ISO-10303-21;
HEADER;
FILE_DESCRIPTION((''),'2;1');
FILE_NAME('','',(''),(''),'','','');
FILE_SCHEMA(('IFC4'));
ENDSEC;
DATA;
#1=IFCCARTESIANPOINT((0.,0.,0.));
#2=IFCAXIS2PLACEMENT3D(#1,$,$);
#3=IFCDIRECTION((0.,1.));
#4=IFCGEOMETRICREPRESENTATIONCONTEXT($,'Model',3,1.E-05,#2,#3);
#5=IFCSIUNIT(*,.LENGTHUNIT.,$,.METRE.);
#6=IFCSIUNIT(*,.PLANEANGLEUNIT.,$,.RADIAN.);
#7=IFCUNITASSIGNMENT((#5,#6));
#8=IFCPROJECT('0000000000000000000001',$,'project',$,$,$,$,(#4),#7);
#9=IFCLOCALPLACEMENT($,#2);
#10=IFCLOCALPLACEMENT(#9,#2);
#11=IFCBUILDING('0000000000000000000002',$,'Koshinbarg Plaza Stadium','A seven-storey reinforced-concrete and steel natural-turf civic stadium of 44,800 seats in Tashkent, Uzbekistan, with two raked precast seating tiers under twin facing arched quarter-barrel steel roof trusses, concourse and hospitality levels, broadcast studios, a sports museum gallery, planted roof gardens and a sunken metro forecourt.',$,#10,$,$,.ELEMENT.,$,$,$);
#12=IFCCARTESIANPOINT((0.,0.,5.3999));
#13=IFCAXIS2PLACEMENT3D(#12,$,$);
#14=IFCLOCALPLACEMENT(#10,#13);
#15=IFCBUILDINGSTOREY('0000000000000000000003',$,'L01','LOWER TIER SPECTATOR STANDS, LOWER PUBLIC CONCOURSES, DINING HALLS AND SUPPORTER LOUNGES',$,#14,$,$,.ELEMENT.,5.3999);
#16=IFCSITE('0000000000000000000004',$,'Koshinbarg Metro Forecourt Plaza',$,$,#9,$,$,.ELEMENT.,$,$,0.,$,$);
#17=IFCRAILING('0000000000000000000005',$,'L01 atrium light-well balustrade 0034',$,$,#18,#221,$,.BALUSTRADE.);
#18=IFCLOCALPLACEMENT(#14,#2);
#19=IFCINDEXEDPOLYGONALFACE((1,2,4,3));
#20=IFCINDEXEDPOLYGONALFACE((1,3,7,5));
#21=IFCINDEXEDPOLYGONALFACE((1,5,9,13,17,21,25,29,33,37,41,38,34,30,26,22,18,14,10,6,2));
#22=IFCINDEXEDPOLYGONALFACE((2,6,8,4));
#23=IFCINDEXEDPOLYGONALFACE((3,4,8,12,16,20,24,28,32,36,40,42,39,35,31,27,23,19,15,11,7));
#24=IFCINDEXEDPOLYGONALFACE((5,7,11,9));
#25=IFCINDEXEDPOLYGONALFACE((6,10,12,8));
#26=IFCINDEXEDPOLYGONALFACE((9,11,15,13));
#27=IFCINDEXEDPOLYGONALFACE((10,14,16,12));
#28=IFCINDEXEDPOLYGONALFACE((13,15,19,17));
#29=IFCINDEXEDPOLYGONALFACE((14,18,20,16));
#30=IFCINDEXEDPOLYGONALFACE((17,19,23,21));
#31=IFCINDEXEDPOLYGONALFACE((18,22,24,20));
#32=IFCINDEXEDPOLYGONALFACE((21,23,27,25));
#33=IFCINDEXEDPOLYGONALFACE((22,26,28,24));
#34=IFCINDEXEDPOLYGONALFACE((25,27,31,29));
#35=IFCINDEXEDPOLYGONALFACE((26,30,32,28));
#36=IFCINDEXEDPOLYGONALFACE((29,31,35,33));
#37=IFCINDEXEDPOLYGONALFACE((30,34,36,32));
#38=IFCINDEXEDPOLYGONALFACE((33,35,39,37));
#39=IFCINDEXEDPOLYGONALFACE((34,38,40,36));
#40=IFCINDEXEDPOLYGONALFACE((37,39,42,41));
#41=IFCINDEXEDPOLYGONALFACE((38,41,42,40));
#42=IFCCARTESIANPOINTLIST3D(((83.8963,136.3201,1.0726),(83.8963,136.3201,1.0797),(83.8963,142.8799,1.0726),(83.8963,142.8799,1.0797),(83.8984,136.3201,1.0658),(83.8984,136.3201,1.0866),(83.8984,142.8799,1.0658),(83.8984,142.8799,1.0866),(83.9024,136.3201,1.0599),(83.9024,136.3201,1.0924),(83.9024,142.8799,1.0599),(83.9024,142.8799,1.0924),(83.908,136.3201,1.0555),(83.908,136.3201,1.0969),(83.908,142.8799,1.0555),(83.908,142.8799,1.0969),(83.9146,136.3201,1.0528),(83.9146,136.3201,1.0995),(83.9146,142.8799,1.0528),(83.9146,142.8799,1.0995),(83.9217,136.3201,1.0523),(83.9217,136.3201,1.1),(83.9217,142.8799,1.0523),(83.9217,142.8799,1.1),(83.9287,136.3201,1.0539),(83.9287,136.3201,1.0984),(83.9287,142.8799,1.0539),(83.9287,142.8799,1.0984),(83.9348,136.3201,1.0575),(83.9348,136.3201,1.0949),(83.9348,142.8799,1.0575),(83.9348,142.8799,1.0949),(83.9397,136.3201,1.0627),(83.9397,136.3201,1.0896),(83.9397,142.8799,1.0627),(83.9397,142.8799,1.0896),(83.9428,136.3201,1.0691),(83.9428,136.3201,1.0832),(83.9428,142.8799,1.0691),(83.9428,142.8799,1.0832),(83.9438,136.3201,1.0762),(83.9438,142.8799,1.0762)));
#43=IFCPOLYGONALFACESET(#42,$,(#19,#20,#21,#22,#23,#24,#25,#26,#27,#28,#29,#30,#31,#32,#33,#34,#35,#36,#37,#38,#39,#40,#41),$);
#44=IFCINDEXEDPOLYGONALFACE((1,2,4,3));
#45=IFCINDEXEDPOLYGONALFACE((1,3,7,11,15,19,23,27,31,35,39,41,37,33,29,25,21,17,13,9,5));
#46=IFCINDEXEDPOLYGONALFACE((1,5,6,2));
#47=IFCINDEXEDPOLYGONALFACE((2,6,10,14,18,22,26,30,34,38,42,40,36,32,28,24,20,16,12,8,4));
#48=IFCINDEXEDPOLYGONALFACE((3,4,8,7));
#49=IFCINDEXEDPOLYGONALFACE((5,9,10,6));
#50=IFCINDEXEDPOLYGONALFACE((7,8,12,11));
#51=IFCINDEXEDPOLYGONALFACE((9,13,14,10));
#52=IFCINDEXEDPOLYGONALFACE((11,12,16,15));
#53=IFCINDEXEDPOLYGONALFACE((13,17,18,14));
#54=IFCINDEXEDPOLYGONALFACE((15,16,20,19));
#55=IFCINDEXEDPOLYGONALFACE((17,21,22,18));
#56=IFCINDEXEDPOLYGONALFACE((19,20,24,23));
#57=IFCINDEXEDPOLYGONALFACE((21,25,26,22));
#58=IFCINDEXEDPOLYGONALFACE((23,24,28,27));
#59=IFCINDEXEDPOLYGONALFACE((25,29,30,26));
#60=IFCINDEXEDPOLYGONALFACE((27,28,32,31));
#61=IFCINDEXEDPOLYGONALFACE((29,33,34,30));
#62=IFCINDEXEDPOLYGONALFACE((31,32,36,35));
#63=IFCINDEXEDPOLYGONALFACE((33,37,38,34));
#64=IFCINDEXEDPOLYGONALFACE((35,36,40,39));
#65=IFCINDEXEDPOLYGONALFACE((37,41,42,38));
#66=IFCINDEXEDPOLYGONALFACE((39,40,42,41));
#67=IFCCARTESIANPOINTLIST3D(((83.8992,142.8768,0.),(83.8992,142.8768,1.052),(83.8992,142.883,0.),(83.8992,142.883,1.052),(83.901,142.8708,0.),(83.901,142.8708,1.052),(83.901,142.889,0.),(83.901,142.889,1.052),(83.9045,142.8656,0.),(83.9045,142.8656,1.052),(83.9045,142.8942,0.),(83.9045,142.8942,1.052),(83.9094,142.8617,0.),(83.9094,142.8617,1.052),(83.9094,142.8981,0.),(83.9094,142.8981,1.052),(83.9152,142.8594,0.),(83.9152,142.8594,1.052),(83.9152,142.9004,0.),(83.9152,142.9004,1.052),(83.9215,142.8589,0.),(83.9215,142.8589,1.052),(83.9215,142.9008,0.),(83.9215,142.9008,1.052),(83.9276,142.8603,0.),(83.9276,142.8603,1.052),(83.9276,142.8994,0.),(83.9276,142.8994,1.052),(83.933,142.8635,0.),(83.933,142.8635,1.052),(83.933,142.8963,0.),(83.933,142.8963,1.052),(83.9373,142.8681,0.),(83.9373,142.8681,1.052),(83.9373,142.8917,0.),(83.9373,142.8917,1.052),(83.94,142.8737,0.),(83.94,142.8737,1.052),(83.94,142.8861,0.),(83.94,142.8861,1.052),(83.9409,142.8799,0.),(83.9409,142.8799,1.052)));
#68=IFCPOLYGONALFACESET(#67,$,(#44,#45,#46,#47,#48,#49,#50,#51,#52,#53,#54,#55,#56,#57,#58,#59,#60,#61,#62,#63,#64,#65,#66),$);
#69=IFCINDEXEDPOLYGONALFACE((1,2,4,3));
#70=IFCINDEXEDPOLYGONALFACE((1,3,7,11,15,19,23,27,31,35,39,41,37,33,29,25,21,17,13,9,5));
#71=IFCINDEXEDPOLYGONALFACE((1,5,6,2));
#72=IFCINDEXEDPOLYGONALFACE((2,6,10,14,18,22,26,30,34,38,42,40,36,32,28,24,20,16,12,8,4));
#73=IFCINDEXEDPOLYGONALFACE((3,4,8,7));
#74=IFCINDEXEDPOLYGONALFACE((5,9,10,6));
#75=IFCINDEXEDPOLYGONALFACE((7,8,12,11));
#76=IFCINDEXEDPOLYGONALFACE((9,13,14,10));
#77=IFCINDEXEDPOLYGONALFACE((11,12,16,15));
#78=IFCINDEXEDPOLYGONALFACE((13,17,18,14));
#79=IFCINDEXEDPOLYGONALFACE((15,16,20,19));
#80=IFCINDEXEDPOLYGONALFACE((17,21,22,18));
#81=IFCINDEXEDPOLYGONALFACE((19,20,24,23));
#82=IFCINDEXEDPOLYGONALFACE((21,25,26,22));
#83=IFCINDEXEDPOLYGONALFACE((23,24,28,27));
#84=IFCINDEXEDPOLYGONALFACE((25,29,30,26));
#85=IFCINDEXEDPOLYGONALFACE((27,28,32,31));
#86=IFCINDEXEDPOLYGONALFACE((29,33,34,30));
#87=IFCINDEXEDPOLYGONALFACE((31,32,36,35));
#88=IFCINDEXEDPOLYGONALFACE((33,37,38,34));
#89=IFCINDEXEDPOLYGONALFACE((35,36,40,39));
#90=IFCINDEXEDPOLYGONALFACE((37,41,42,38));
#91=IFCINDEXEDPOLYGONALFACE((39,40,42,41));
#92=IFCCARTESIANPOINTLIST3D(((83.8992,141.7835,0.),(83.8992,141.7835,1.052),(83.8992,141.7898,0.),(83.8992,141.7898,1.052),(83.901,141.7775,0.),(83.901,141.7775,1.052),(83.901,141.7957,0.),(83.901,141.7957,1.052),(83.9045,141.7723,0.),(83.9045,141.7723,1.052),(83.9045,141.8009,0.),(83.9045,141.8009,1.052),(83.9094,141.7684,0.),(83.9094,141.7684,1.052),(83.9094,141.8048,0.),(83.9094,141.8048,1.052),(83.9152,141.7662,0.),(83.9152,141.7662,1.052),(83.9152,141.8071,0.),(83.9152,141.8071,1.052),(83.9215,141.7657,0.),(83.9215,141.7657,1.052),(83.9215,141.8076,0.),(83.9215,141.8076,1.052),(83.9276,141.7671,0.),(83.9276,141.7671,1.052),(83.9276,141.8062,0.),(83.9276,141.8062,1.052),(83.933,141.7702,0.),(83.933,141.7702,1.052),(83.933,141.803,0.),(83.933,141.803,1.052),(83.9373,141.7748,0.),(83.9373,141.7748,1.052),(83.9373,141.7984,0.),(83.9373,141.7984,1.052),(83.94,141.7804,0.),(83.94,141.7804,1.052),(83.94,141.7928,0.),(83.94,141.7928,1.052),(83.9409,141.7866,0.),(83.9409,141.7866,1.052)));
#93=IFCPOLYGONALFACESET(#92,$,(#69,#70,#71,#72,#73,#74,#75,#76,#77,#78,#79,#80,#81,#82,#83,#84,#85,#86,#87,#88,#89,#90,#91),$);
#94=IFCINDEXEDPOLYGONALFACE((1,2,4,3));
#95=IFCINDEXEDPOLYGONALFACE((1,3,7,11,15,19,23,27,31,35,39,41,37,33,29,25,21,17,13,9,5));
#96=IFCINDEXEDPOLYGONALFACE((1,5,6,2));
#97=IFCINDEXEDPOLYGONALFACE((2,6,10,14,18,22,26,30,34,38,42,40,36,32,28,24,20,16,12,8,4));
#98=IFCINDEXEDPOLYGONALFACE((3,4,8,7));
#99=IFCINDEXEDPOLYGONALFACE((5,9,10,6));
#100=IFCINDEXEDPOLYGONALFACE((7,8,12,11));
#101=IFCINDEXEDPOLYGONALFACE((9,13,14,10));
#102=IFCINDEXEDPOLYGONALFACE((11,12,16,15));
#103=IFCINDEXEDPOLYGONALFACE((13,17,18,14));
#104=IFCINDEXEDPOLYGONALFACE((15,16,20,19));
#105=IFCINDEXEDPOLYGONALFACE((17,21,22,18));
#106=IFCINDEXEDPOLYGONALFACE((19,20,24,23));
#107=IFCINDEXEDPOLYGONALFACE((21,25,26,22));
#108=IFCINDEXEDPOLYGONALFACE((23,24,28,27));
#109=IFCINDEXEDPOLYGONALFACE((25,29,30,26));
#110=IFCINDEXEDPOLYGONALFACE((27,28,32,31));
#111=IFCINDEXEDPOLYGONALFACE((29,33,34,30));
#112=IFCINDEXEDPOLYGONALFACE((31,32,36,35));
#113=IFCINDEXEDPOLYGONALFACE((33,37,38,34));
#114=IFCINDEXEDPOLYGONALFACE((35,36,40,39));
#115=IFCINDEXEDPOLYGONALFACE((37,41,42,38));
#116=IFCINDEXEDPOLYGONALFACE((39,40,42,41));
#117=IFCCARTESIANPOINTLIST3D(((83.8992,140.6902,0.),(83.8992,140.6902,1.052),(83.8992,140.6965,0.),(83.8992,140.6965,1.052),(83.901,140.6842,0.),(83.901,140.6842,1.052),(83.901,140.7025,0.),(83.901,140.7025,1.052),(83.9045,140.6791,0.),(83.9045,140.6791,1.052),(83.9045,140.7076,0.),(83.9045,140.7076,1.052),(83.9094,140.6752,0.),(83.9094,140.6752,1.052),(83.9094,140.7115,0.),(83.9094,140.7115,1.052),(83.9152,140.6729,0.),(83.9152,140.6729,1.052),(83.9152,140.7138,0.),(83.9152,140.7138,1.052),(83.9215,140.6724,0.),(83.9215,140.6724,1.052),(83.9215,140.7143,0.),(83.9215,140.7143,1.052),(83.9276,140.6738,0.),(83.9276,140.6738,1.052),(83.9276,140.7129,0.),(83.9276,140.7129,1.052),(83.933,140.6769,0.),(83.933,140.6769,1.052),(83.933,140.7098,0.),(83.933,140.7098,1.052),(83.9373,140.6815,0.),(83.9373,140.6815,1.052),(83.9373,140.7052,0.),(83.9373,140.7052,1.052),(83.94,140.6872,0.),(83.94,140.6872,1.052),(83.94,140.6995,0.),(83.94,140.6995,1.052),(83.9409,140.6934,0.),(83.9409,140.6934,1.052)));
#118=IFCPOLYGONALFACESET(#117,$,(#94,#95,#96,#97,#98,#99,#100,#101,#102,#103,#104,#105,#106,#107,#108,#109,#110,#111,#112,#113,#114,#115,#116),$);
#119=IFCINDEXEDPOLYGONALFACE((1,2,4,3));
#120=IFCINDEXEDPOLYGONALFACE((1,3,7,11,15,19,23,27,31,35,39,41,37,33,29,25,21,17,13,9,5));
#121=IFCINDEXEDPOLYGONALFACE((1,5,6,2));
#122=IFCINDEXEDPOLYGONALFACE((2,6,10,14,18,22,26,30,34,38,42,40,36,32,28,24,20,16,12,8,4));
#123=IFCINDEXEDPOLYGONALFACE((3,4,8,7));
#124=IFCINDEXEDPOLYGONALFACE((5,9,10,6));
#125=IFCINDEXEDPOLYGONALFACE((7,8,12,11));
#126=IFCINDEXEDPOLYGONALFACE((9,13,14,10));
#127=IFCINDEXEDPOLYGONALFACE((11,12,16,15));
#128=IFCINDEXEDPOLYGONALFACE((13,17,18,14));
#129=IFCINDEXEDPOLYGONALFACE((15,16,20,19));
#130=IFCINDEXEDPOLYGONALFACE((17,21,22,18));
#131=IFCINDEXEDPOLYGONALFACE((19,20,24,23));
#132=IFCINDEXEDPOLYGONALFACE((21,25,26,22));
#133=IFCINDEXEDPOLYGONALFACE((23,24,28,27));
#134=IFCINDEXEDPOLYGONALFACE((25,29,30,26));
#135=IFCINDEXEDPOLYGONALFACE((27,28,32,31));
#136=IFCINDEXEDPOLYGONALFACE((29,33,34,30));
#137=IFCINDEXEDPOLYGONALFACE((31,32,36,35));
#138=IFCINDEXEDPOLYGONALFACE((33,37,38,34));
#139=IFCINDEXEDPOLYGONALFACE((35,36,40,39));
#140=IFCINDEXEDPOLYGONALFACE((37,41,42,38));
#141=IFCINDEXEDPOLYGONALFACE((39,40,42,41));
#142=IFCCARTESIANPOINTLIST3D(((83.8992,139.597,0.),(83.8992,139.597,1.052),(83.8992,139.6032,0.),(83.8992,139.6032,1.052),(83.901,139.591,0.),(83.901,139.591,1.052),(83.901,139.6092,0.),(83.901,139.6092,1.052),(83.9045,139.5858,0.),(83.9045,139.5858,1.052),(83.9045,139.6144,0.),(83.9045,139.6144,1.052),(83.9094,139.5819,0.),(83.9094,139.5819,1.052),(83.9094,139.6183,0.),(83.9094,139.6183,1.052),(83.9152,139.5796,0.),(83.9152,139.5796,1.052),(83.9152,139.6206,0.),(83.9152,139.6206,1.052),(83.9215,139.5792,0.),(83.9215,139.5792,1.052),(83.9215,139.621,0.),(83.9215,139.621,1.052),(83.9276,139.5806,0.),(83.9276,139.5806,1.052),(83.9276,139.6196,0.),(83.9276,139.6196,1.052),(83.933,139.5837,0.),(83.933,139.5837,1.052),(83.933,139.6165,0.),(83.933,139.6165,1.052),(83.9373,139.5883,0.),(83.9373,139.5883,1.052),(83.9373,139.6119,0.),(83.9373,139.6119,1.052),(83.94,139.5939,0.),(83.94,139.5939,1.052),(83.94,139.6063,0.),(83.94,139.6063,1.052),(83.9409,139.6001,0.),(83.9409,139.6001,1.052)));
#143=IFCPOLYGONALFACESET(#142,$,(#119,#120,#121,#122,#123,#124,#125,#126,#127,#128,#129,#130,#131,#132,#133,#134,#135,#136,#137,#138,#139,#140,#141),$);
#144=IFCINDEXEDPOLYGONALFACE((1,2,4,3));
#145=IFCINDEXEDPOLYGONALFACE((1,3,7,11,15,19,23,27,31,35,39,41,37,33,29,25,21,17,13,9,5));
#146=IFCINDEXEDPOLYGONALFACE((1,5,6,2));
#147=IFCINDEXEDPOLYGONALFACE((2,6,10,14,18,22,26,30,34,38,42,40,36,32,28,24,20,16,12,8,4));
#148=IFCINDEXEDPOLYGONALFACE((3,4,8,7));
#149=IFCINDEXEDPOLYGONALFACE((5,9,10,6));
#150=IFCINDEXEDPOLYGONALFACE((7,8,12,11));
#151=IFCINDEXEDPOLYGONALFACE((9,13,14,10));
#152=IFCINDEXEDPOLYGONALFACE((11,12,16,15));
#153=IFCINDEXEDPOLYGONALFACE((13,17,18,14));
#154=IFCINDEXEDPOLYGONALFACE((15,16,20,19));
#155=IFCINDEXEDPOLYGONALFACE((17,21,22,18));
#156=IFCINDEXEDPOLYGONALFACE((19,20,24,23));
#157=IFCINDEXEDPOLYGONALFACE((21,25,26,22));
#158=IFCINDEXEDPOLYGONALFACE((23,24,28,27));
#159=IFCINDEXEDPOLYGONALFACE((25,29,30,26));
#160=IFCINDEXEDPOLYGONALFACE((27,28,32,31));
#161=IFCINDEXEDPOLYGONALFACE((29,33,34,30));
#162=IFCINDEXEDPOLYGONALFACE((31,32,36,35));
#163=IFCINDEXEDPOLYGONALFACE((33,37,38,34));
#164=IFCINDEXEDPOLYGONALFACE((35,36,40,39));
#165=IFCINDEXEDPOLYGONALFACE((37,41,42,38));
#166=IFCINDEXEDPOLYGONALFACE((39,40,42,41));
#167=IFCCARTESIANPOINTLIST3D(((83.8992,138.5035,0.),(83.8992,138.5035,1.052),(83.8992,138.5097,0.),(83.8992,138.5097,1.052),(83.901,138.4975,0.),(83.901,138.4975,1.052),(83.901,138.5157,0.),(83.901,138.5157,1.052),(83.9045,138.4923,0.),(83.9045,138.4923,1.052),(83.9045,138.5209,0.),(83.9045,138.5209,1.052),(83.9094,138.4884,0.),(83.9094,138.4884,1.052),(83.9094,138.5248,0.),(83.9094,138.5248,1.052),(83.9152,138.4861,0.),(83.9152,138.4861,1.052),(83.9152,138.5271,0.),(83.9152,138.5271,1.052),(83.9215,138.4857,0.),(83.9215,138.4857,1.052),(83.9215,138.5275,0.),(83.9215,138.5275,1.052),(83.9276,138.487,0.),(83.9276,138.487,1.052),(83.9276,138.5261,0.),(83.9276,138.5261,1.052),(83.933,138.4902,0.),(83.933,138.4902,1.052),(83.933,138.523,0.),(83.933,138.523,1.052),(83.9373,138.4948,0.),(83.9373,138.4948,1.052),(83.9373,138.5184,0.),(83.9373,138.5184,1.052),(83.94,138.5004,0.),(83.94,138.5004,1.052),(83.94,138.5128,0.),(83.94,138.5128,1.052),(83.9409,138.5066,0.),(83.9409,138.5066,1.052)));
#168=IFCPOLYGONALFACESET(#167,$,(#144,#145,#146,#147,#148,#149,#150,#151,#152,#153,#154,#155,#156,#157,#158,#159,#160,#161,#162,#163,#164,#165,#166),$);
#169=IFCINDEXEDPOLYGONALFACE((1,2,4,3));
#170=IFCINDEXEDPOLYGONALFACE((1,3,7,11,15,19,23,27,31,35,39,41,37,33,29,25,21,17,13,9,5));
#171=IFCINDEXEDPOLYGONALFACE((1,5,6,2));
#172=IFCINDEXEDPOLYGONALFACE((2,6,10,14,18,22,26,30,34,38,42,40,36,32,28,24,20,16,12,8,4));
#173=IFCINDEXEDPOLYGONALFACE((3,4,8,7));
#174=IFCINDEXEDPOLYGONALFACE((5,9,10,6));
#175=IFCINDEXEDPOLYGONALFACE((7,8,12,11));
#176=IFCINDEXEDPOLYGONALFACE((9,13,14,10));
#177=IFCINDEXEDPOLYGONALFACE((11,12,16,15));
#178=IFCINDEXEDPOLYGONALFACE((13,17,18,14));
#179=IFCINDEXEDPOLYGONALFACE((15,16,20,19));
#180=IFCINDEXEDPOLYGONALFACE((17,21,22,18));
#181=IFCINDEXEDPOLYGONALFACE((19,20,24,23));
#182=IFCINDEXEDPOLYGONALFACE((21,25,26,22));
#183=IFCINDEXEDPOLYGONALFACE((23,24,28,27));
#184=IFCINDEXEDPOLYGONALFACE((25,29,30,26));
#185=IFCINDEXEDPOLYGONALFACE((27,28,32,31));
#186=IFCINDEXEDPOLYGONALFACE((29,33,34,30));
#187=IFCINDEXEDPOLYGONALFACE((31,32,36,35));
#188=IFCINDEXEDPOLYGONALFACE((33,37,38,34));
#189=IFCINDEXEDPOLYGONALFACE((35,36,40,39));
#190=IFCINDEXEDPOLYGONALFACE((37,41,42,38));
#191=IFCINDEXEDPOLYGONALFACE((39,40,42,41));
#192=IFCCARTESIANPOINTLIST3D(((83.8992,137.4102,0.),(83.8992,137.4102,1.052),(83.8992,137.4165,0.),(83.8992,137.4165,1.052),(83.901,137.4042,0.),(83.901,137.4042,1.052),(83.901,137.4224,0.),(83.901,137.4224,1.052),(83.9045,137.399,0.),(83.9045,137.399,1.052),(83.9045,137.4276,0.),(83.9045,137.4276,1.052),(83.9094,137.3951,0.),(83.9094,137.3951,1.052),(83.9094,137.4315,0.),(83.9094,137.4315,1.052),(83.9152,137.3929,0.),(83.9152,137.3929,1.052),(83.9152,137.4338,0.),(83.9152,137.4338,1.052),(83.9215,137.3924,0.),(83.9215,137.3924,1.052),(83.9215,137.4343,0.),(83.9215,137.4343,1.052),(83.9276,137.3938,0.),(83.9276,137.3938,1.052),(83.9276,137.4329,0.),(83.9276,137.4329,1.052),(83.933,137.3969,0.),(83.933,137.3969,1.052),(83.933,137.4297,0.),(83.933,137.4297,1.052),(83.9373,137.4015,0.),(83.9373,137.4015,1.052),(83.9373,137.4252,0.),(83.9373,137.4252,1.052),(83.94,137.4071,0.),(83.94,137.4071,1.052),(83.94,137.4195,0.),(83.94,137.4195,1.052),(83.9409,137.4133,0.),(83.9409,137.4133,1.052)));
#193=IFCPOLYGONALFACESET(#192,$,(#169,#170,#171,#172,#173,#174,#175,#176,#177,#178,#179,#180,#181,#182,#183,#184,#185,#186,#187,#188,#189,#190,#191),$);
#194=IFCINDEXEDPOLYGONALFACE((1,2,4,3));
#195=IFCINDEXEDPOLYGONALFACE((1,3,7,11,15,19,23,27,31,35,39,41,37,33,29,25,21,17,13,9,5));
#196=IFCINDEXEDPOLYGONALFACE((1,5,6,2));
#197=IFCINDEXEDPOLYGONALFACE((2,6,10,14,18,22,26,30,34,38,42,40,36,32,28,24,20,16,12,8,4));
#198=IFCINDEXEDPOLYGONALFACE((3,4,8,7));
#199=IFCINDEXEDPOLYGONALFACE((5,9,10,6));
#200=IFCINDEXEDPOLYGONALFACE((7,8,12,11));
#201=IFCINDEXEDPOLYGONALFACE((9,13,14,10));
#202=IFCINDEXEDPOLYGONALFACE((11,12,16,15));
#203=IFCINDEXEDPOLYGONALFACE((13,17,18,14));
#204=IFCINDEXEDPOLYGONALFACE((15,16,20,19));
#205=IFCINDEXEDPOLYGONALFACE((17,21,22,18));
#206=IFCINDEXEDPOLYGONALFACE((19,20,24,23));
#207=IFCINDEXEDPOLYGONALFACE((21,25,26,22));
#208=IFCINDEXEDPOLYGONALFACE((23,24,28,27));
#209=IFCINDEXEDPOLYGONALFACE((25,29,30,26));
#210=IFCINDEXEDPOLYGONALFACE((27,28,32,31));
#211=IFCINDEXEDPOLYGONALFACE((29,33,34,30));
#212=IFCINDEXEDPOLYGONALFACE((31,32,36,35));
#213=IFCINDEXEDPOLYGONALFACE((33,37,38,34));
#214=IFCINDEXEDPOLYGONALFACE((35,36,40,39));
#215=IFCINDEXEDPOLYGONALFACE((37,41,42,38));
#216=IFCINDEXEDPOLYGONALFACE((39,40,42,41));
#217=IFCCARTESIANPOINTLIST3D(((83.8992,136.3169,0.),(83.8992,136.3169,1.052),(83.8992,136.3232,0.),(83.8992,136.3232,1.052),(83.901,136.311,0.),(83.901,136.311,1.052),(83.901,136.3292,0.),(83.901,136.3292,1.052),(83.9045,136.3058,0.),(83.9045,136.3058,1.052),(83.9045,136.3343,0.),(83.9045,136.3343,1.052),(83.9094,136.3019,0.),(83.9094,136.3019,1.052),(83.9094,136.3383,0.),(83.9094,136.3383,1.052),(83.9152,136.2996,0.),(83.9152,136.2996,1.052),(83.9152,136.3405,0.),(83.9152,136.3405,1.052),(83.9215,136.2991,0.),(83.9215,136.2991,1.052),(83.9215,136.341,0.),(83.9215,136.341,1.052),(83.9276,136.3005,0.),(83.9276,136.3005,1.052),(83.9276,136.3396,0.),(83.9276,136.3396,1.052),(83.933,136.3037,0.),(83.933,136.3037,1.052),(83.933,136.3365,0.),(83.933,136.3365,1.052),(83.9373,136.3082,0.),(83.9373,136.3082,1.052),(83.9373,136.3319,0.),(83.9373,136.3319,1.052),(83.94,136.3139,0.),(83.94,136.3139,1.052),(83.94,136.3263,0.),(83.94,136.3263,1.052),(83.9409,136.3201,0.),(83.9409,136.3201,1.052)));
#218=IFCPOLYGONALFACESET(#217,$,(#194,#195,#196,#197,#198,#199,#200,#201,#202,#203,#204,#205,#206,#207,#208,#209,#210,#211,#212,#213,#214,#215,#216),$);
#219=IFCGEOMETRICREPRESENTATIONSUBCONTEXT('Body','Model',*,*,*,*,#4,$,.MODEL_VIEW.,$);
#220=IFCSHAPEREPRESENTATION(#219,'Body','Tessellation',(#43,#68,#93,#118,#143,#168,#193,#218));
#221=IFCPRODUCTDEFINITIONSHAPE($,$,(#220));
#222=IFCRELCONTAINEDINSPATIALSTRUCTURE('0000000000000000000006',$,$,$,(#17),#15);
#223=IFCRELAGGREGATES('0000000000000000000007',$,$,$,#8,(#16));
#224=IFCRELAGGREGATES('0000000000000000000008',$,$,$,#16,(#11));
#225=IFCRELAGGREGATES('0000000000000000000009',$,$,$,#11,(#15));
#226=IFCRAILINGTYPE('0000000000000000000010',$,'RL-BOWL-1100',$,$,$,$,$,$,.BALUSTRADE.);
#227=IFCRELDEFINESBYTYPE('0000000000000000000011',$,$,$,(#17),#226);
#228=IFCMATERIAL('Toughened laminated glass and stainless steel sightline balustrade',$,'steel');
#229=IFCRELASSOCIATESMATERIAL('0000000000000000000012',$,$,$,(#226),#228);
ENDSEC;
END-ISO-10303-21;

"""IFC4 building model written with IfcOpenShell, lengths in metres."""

from ifc_helpers import new_model, si_unit, direction, frame, origin, origin_2d, place, context, subcontext, project, spatial, circle, extrude, material, type_object, element, save


model = new_model("IFC4")

# Units and contexts
model_context = context("Model", 3, precision=1e-05, world=origin(), true_north=direction((0.0, 1.0)))
body_context = subcontext(model_context, "Body", "Model", "MODEL_VIEW")
ifc_project = project(units=[si_unit("LENGTHUNIT", "METRE"), si_unit("PLANEANGLEUNIT", "RADIAN")], contexts=[model_context])

# Site, building, storey
site_placement = place(None, origin())
site = spatial("IfcSite", under=ifc_project, at=site_placement, Name="Koshinbarg Metro Forecourt Plaza", CompositionType="ELEMENT", RefElevation=0.0)
building_placement = place(site_placement, origin())
building = spatial("IfcBuilding", under=site, at=building_placement, Name="Koshinbarg Plaza Stadium", Description="A seven-storey reinforced-concrete and steel natural-turf civic stadium of 44,800 seats in Tashkent, Uzbekistan, with two raked precast seating tiers under twin facing arched quarter-barrel steel roof trusses, concourse and hospitality levels, broadcast studios, a sports museum gallery, planted roof gardens and a sunken metro forecourt.", CompositionType="ELEMENT")
storey_placement = place(building_placement, frame((0.0, 0.0, 5.3999)))
storey = spatial("IfcBuildingStorey", under=building, at=storey_placement, Name="L01", Description="LOWER TIER SPECTATOR STANDS, LOWER PUBLIC CONCOURSES, DINING HALLS AND SUPPORTER LOUNGES", CompositionType="ELEMENT", Elevation=5.3999)

# Railing
ifc_material_1 = material(Name="Toughened laminated glass and stainless steel sightline balustrade", Category="steel")
railing_type = type_object("IfcRailingType", Name="RL-BOWL-1100", PredefinedType="BALUSTRADE", material=ifc_material_1)
railing_1_placement = place(storey_placement, frame((83.9199, 142.8799, 0.0)))
element("IfcRailing", 1, at=railing_1_placement, inside=storey, type_object=railing_type, Name="L01 atrium light-well balustrade 0034", PredefinedType="BALUSTRADE", context=body_context, shape_type="SweptSolid", body=[
    extrude(circle(Radius=0.0239, at=origin_2d()), frame((0.0, 0.0, 1.0762), z_axis=(0.0, -1.0, 0.0), x_axis=(1.0, 0.0, 0.0)), (0.0, 0.0, 1.0), 6.5598),
    extrude(circle(Radius=0.021, at=origin_2d()), origin(), (0.0, 0.0, 1.0), 1.052),
    extrude(circle(Radius=0.021, at=origin_2d()), frame((0.0, -1.0933, 0.0)), (0.0, 0.0, 1.0), 1.052),
    extrude(circle(Radius=0.021, at=origin_2d()), frame((0.0, -2.1865, 0.0)), (0.0, 0.0, 1.0), 1.052),
    extrude(circle(Radius=0.021, at=origin_2d()), frame((0.0, -3.2798, 0.0)), (0.0, 0.0, 1.0), 1.052),
    extrude(circle(Radius=0.021, at=origin_2d()), frame((0.0, -4.3733, 0.0)), (0.0, 0.0, 1.0), 1.052),
    extrude(circle(Radius=0.021, at=origin_2d()), frame((0.0, -5.4666, 0.0)), (0.0, 0.0, 1.0), 1.052),
    extrude(circle(Radius=0.021, at=origin_2d()), frame((0.0, -6.5598, 0.0)), (0.0, 0.0, 1.0), 1.052),
])

save(model, "model.ifc")
